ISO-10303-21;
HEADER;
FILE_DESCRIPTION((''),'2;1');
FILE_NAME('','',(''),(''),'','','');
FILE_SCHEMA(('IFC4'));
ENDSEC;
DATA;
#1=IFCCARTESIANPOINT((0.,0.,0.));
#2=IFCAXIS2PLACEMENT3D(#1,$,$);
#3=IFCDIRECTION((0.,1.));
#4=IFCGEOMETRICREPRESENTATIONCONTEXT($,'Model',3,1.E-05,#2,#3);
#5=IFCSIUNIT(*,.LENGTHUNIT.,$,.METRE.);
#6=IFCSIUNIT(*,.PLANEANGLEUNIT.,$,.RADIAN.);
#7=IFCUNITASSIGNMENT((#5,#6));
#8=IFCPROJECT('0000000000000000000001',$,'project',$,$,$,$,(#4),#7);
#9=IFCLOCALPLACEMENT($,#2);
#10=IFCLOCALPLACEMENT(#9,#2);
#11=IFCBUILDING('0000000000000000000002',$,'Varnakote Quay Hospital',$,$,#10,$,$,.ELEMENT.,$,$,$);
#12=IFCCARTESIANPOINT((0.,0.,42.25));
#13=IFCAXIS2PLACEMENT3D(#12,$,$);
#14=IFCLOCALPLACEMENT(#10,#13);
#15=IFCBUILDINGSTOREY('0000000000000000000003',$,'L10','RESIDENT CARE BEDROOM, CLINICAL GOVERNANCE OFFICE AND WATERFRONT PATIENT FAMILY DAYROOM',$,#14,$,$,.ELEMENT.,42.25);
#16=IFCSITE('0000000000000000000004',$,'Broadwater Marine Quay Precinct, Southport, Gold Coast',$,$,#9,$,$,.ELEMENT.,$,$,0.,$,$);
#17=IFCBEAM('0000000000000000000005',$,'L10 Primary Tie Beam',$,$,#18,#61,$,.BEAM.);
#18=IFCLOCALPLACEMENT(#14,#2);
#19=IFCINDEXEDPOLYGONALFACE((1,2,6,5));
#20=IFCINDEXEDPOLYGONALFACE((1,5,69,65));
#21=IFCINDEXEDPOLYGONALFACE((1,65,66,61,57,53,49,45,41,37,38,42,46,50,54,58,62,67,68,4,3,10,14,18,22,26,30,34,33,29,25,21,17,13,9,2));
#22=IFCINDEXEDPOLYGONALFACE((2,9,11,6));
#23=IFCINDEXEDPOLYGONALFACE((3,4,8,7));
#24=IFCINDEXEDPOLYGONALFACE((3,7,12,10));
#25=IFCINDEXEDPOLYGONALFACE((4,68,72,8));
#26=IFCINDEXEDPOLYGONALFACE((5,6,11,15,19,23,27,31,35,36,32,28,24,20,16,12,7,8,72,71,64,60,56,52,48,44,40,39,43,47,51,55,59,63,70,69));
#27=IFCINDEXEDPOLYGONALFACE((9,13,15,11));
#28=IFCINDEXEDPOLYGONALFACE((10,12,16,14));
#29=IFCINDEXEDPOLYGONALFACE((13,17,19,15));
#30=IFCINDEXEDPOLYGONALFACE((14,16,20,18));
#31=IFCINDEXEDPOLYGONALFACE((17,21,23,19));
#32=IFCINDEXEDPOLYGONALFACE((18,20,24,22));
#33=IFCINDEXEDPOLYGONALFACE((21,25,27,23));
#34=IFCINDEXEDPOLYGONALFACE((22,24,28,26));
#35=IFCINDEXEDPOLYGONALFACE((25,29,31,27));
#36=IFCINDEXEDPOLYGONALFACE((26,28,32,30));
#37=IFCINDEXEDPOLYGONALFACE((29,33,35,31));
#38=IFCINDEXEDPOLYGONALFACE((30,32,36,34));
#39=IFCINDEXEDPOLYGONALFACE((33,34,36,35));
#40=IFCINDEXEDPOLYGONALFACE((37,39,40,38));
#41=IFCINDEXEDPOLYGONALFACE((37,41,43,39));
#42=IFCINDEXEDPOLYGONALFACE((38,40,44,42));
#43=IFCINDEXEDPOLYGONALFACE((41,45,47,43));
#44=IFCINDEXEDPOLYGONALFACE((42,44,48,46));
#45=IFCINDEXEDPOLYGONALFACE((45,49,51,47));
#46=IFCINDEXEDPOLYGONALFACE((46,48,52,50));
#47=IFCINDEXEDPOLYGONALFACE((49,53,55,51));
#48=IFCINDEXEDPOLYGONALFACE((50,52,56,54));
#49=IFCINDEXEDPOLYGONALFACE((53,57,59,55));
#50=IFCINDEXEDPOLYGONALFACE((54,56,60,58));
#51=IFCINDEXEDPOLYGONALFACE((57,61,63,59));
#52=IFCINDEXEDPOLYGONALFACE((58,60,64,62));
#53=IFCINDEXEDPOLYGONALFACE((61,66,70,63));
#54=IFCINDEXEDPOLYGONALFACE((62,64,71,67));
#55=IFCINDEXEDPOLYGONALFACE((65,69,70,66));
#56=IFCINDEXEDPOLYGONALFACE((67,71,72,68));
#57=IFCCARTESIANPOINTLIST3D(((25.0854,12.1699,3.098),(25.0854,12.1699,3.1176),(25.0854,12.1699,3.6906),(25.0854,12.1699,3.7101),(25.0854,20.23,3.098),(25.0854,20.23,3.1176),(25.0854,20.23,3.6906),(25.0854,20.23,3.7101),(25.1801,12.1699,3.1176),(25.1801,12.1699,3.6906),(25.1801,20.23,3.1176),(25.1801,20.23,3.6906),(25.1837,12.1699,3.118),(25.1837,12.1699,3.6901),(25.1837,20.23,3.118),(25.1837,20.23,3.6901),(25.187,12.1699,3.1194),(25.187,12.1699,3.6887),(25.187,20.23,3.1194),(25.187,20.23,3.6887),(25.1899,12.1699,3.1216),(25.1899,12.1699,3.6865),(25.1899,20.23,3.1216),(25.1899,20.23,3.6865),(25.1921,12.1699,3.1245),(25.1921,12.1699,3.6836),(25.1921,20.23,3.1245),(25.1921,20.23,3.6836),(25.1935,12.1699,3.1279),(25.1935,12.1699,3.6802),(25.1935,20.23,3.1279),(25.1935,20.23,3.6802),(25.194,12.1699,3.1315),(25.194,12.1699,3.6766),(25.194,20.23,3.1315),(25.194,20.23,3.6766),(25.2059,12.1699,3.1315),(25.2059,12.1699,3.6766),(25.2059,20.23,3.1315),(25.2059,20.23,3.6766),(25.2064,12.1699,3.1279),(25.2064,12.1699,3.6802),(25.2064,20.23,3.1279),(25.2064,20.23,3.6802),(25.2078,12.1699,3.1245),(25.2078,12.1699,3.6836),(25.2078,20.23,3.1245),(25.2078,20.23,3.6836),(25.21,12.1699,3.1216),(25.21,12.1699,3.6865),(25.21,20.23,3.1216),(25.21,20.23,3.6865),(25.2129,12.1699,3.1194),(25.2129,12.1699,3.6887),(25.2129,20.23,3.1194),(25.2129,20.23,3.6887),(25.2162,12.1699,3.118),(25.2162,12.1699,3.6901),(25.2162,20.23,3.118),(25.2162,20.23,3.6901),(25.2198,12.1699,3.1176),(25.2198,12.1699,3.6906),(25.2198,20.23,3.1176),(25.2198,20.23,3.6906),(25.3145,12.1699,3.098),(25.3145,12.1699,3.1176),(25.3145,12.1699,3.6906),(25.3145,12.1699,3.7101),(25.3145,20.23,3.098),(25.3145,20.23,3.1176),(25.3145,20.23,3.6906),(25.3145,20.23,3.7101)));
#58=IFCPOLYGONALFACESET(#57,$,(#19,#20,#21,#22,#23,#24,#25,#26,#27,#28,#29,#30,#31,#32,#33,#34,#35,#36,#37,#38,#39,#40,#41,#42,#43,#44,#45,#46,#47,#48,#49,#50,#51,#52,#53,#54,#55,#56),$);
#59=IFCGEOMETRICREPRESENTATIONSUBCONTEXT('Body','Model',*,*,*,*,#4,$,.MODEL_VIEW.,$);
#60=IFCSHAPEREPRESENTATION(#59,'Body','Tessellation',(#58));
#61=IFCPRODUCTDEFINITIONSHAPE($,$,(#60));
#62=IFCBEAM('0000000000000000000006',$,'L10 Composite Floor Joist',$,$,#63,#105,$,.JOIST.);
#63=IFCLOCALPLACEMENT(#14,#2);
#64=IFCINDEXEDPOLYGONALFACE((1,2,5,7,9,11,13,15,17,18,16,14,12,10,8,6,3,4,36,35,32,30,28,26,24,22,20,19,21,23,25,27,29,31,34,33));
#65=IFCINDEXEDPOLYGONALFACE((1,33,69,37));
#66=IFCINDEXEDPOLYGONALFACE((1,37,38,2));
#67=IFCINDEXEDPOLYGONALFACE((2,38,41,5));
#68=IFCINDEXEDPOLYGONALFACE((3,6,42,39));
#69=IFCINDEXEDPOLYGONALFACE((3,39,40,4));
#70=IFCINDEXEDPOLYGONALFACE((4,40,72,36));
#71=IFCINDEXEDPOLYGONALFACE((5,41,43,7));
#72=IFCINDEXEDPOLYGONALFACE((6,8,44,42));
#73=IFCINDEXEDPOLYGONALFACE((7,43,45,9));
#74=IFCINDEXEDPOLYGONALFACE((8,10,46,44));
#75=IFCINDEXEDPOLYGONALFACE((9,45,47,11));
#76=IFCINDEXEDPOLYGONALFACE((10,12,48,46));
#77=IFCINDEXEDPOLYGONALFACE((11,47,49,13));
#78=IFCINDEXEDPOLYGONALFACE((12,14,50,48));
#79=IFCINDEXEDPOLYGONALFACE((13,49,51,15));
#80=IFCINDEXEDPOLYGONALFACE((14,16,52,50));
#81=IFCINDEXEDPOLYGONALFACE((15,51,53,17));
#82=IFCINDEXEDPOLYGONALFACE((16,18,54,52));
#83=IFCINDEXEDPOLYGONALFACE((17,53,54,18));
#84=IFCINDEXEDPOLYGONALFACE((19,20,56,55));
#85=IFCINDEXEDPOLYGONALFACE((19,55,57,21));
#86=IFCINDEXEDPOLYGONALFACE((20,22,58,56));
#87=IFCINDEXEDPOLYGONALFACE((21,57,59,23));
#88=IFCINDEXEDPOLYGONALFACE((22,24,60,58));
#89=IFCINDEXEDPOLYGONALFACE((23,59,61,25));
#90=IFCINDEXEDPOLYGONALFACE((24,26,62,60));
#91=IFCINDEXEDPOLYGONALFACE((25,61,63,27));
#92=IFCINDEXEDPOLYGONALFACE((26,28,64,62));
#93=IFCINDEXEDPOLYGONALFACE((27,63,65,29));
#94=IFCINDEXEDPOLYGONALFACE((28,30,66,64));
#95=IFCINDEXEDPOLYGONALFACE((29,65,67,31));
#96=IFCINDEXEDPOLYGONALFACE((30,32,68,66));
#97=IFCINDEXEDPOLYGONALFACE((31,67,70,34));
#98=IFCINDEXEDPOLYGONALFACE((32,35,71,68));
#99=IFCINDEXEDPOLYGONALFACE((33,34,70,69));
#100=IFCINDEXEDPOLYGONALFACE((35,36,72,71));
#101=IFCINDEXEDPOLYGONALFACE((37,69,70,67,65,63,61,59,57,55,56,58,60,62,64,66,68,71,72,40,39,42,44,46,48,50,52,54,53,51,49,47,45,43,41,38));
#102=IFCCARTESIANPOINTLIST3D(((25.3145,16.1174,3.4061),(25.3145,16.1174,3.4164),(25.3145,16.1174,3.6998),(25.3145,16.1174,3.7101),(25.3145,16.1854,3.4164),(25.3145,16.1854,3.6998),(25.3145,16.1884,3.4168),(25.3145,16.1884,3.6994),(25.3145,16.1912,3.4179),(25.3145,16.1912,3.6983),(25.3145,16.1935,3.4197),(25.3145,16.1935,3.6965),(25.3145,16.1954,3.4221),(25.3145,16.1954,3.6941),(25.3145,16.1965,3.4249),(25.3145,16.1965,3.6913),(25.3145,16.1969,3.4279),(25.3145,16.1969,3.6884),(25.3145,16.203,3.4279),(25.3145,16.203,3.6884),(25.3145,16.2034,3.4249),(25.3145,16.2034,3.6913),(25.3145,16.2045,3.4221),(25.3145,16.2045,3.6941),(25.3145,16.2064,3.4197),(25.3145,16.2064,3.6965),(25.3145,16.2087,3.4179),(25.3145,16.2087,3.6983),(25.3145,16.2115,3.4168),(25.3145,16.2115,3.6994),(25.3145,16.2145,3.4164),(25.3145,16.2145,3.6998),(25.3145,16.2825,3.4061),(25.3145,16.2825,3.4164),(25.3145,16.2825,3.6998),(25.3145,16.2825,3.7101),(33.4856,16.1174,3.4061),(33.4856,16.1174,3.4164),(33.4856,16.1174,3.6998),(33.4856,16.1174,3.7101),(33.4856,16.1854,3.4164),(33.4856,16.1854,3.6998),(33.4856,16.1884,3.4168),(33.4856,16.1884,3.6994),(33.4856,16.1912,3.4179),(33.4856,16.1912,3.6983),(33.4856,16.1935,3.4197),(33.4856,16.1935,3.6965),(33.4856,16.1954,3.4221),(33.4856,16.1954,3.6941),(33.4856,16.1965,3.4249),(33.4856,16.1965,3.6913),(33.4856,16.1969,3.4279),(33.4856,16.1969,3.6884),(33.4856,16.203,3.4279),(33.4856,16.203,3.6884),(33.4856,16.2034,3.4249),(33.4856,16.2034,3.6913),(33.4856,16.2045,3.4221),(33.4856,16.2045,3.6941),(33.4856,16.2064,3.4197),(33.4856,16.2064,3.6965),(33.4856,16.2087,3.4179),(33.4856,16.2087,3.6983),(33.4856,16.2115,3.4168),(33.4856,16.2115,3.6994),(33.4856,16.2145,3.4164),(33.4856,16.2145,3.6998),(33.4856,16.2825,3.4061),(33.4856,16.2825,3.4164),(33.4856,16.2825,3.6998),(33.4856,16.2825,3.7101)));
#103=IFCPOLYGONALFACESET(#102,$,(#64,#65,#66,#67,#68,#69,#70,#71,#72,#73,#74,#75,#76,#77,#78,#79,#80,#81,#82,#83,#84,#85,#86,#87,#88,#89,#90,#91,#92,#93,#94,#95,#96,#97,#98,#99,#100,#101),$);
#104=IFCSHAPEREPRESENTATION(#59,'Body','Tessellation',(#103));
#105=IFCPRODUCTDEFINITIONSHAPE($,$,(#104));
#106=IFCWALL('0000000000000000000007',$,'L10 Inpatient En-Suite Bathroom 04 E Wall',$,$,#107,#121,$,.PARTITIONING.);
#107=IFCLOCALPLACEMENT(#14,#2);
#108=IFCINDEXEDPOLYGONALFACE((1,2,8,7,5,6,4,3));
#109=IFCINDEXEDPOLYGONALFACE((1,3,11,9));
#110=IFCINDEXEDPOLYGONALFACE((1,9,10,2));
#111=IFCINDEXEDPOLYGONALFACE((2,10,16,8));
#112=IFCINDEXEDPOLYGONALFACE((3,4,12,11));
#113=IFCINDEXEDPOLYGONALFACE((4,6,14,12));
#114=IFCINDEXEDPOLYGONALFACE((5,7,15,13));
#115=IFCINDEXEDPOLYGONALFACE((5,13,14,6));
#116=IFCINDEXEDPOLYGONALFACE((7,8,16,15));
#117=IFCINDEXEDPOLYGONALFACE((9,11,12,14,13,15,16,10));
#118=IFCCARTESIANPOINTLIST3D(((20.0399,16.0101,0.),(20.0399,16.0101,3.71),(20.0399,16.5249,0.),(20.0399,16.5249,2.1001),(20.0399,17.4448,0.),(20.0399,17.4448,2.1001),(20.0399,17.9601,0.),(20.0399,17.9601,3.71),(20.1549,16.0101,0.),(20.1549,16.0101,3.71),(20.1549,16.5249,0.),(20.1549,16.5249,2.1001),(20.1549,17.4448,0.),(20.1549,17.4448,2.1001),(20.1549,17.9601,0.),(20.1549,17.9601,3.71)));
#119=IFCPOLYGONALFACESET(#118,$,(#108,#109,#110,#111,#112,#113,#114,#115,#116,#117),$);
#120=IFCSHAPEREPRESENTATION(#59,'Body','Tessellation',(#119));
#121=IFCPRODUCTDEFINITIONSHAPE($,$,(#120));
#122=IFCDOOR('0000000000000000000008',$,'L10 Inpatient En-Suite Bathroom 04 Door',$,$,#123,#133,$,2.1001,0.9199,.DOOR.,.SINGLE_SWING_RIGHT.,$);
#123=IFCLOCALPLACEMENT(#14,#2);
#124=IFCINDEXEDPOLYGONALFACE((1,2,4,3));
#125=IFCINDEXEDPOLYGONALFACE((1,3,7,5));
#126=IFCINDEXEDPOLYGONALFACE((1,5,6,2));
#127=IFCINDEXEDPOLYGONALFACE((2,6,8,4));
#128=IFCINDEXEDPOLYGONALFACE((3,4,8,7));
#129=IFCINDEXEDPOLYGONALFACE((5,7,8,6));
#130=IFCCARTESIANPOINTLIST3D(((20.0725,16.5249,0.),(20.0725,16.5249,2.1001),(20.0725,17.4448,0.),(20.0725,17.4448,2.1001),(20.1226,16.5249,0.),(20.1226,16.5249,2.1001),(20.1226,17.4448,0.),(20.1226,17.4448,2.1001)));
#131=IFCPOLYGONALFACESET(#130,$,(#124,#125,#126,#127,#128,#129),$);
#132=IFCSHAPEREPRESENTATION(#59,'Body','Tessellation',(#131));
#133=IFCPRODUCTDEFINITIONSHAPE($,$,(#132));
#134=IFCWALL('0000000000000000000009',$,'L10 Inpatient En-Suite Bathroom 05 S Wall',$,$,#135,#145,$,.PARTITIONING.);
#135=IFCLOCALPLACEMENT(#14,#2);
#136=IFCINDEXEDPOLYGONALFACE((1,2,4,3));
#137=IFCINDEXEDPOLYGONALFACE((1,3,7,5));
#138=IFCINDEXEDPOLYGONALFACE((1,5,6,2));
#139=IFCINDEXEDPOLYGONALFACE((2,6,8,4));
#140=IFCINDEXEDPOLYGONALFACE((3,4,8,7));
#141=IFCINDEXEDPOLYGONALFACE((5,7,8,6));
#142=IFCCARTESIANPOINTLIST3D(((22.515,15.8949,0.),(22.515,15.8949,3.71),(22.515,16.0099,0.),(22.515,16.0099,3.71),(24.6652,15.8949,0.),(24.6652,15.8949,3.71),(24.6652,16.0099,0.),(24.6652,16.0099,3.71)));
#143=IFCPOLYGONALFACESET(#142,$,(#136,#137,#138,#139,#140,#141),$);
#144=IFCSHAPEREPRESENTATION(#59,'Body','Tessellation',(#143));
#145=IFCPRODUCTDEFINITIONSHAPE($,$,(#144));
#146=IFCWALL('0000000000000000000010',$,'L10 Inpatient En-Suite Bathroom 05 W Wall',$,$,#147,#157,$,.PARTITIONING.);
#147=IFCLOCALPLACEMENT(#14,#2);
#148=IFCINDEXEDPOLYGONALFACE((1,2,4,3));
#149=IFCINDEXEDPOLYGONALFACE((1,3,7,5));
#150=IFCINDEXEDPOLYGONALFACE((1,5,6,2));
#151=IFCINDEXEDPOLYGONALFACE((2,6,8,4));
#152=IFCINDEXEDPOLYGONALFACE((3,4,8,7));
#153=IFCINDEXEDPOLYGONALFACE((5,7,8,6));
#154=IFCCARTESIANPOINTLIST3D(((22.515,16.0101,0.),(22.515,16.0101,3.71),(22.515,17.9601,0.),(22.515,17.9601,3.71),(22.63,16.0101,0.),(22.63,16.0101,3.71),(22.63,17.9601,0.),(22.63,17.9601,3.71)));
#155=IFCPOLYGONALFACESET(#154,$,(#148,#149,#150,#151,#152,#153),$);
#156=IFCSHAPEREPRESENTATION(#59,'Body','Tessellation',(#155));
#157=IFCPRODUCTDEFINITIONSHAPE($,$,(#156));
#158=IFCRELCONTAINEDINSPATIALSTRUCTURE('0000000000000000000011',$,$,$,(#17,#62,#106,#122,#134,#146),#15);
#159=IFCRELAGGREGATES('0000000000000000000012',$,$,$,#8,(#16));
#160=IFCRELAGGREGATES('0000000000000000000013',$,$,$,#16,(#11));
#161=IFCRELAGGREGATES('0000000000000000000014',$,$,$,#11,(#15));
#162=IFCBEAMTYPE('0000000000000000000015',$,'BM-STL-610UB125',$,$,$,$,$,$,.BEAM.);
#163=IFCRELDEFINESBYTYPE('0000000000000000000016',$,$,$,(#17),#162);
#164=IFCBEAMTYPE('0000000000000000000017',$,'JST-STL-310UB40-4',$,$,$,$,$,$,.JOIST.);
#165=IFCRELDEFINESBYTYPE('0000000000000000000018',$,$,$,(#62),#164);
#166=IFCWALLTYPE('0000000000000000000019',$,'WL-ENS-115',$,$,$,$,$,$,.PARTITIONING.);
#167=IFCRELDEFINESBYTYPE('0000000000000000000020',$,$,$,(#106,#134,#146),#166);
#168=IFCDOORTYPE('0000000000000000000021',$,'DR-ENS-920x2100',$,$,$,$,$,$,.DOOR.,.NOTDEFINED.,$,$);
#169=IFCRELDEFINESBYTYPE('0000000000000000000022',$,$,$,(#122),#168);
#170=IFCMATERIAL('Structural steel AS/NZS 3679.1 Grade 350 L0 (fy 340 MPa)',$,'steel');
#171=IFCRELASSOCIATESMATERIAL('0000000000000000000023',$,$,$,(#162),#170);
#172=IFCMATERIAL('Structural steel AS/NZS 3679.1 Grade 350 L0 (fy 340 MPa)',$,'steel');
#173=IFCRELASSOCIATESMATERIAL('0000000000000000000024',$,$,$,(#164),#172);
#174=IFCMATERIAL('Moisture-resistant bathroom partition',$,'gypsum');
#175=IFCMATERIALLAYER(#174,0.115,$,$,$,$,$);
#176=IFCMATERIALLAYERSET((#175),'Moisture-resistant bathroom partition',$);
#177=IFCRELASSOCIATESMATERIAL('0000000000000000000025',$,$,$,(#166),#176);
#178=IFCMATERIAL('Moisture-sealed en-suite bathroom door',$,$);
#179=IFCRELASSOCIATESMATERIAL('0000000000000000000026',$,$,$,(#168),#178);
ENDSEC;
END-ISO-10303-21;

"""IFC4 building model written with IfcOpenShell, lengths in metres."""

from ifc_helpers import new_model, si_unit, direction, frame, frame_2d, origin, origin_2d, place, context, subcontext, project, spatial, rectangle, i_section, extrude, material, layer, layer_set, material_profile, profile_set, type_object, element, fill, save


model = new_model("IFC4")

# Units and contexts
model_context = context("Model", 3, precision=1e-05, world=origin(), true_north=direction((0.0, 1.0)))
body_context = subcontext(model_context, "Body", "Model", "MODEL_VIEW")
ifc_project = project(units=[si_unit("LENGTHUNIT", "METRE"), si_unit("PLANEANGLEUNIT", "RADIAN")], contexts=[model_context])

# Site, building, storey
site_placement = place(None, origin())
site = spatial("IfcSite", under=ifc_project, at=site_placement, Name="Broadwater Marine Quay Precinct, Southport, Gold Coast", CompositionType="ELEMENT", RefElevation=0.0)
building_placement = place(site_placement, origin())
building = spatial("IfcBuilding", under=site, at=building_placement, Name="Varnakote Quay Hospital", CompositionType="ELEMENT")
storey_placement = place(building_placement, frame((0.0, 0.0, 42.25)))
storey = spatial("IfcBuildingStorey", under=building, at=storey_placement, Name="L10", Description="RESIDENT CARE BEDROOM, CLINICAL GOVERNANCE OFFICE AND WATERFRONT PATIENT FAMILY DAYROOM", CompositionType="ELEMENT", Elevation=42.25)

# Beams
ifc_material_1 = material(Name="Structural steel AS/NZS 3679.1 Grade 350 L0 (fy 340 MPa)", Category="steel")
ifc_material_profile_1 = material_profile(ifc_material_1, i_section(OverallWidth=0.229, OverallDepth=0.6121, WebThickness=0.012, FlangeThickness=0.0195, FilletRadius=0.0139, at=origin_2d()), Name="610UB125")
ifc_profile_set_1 = profile_set([ifc_material_profile_1], Name="Structural steel AS/NZS 3679.1 Grade 350 L0 (fy 340 MPa)")
beam_type_1 = type_object("IfcBeamType", Name="BM-STL-610UB125", PredefinedType="BEAM", material=ifc_profile_set_1)
beam_1_placement = place(storey_placement, frame((25.2, 12.1699, 3.4041), z_axis=(0.0, 1.0, 0.0), x_axis=(-1.0, 0.0, 0.0)))
element("IfcBeam", 1, at=beam_1_placement, inside=storey, type_object=beam_type_1, Name="L10 Primary Tie Beam", PredefinedType="BEAM", context=body_context, shape_type="SweptSolid", body=[
    extrude(i_section(OverallWidth=0.229, OverallDepth=0.6121, WebThickness=0.012, FlangeThickness=0.0195, FilletRadius=0.0139, at=origin_2d()), origin(), (0.0, 0.0, 1.0), 8.0601),
])
ifc_material_2 = material(Name="Structural steel AS/NZS 3679.1 Grade 350 L0 (fy 340 MPa)", Category="steel")
ifc_material_profile_2 = material_profile(ifc_material_2, i_section(OverallWidth=0.165, OverallDepth=0.304, WebThickness=0.0061, FlangeThickness=0.0103, FilletRadius=0.0115, at=origin_2d()), Name="310UB40.4")
ifc_profile_set_2 = profile_set([ifc_material_profile_2], Name="Structural steel AS/NZS 3679.1 Grade 350 L0 (fy 340 MPa)")
beam_type_2 = type_object("IfcBeamType", Name="JST-STL-310UB40-4", PredefinedType="JOIST", material=ifc_profile_set_2)
beam_2_placement = place(storey_placement, frame((25.3145, 16.2, 3.5581), z_axis=(1.0, 0.0, 0.0), x_axis=(0.0, 1.0, 0.0)))
element("IfcBeam", 2, at=beam_2_placement, inside=storey, type_object=beam_type_2, Name="L10 Composite Floor Joist", PredefinedType="JOIST", context=body_context, shape_type="SweptSolid", body=[
    extrude(i_section(OverallWidth=0.165, OverallDepth=0.304, WebThickness=0.0061, FlangeThickness=0.0103, FilletRadius=0.0115, at=origin_2d()), origin(), (0.0, 0.0, 1.0), 8.1711),
])

# Wall, opening, door
ifc_material_3 = material(Name="Moisture-resistant bathroom partition", Category="gypsum")
ifc_layer_1 = layer(ifc_material_3, 0.115)
ifc_layer_set_1 = layer_set([ifc_layer_1], Name="Moisture-resistant bathroom partition")
wall_type_1 = type_object("IfcWallType", Name="WL-ENS-115", PredefinedType="PARTITIONING", material=ifc_layer_set_1)
wall_1_placement = place(storey_placement, frame((20.0974, 16.01, 0.0), z_axis=(0.0, 0.0, 1.0), x_axis=(0.0, 1.0, 0.0)))
wall_1 = element("IfcWall", 3, at=wall_1_placement, inside=storey, type_object=wall_type_1, Name="L10 Inpatient En-Suite Bathroom 04 E Wall", PredefinedType="PARTITIONING", context=body_context, shape_type="SweptSolid", body=[
    extrude(rectangle(XDim=1.95, YDim=0.115, at=frame_2d((0.9751, 0.0))), origin(), (0.0, 0.0, 1.0), 3.71),
])
opening_1_placement = place(wall_1_placement, frame((0.5149, 0.0, 0.0)))
opening_1 = element("IfcOpeningElement", 4, at=opening_1_placement, cuts=wall_1, PredefinedType="OPENING", context=body_context, shape_type="SweptSolid", body=[
    extrude(rectangle(XDim=0.9199, YDim=2.1001, at=frame_2d((0.46, 1.05))), frame((0.0, 0.0674, 0.0), z_axis=(0.0, -1.0, 0.0), x_axis=(1.0, 0.0, 0.0)), (0.0, 0.0, 1.0), 0.135),
])
ifc_material_4 = material(Name="Moisture-sealed en-suite bathroom door")
door_type_1 = type_object("IfcDoorType", Name="DR-ENS-920x2100", OperationType="NOTDEFINED", PredefinedType="DOOR", material=ifc_material_4)
door_1_placement = place(opening_1_placement, origin())
door_1 = element("IfcDoor", 5, at=door_1_placement, inside=storey, type_object=door_type_1, Name="L10 Inpatient En-Suite Bathroom 04 Door", OperationType="SINGLE_SWING_RIGHT", OverallHeight=2.1001, OverallWidth=0.9199, PredefinedType="DOOR", context=body_context, shape_type="SweptSolid", body=[
    extrude(rectangle(XDim=0.9199, YDim=2.1001, at=frame_2d((0.46, 1.05))), frame((0.0, 0.0249, 0.0), z_axis=(0.0, -1.0, 0.0), x_axis=(1.0, 0.0, 0.0)), (0.0, 0.0, 1.0), 0.05),
])
fill(opening_1, door_1)

# Walls
wall_2_placement = place(storey_placement, frame((22.5149, 15.9524, 0.0), z_axis=(0.0, 0.0, 1.0), x_axis=(1.0, 0.0, 0.0)))
element("IfcWall", 6, at=wall_2_placement, inside=storey, type_object=wall_type_1, Name="L10 Inpatient En-Suite Bathroom 05 S Wall", PredefinedType="PARTITIONING", context=body_context, shape_type="SweptSolid", body=[
    extrude(rectangle(XDim=2.1501, YDim=0.115, at=frame_2d((1.0752, 0.0))), origin(), (0.0, 0.0, 1.0), 3.71),
])
wall_3_placement = place(storey_placement, frame((22.5725, 16.01, 0.0), z_axis=(0.0, 0.0, 1.0), x_axis=(0.0, 1.0, 0.0)))
element("IfcWall", 7, at=wall_3_placement, inside=storey, type_object=wall_type_1, Name="L10 Inpatient En-Suite Bathroom 05 W Wall", PredefinedType="PARTITIONING", context=body_context, shape_type="SweptSolid", body=[
    extrude(rectangle(XDim=1.95, YDim=0.115, at=frame_2d((0.9751, 0.0))), origin(), (0.0, 0.0, 1.0), 3.71),
])

save(model, "model.ifc")
